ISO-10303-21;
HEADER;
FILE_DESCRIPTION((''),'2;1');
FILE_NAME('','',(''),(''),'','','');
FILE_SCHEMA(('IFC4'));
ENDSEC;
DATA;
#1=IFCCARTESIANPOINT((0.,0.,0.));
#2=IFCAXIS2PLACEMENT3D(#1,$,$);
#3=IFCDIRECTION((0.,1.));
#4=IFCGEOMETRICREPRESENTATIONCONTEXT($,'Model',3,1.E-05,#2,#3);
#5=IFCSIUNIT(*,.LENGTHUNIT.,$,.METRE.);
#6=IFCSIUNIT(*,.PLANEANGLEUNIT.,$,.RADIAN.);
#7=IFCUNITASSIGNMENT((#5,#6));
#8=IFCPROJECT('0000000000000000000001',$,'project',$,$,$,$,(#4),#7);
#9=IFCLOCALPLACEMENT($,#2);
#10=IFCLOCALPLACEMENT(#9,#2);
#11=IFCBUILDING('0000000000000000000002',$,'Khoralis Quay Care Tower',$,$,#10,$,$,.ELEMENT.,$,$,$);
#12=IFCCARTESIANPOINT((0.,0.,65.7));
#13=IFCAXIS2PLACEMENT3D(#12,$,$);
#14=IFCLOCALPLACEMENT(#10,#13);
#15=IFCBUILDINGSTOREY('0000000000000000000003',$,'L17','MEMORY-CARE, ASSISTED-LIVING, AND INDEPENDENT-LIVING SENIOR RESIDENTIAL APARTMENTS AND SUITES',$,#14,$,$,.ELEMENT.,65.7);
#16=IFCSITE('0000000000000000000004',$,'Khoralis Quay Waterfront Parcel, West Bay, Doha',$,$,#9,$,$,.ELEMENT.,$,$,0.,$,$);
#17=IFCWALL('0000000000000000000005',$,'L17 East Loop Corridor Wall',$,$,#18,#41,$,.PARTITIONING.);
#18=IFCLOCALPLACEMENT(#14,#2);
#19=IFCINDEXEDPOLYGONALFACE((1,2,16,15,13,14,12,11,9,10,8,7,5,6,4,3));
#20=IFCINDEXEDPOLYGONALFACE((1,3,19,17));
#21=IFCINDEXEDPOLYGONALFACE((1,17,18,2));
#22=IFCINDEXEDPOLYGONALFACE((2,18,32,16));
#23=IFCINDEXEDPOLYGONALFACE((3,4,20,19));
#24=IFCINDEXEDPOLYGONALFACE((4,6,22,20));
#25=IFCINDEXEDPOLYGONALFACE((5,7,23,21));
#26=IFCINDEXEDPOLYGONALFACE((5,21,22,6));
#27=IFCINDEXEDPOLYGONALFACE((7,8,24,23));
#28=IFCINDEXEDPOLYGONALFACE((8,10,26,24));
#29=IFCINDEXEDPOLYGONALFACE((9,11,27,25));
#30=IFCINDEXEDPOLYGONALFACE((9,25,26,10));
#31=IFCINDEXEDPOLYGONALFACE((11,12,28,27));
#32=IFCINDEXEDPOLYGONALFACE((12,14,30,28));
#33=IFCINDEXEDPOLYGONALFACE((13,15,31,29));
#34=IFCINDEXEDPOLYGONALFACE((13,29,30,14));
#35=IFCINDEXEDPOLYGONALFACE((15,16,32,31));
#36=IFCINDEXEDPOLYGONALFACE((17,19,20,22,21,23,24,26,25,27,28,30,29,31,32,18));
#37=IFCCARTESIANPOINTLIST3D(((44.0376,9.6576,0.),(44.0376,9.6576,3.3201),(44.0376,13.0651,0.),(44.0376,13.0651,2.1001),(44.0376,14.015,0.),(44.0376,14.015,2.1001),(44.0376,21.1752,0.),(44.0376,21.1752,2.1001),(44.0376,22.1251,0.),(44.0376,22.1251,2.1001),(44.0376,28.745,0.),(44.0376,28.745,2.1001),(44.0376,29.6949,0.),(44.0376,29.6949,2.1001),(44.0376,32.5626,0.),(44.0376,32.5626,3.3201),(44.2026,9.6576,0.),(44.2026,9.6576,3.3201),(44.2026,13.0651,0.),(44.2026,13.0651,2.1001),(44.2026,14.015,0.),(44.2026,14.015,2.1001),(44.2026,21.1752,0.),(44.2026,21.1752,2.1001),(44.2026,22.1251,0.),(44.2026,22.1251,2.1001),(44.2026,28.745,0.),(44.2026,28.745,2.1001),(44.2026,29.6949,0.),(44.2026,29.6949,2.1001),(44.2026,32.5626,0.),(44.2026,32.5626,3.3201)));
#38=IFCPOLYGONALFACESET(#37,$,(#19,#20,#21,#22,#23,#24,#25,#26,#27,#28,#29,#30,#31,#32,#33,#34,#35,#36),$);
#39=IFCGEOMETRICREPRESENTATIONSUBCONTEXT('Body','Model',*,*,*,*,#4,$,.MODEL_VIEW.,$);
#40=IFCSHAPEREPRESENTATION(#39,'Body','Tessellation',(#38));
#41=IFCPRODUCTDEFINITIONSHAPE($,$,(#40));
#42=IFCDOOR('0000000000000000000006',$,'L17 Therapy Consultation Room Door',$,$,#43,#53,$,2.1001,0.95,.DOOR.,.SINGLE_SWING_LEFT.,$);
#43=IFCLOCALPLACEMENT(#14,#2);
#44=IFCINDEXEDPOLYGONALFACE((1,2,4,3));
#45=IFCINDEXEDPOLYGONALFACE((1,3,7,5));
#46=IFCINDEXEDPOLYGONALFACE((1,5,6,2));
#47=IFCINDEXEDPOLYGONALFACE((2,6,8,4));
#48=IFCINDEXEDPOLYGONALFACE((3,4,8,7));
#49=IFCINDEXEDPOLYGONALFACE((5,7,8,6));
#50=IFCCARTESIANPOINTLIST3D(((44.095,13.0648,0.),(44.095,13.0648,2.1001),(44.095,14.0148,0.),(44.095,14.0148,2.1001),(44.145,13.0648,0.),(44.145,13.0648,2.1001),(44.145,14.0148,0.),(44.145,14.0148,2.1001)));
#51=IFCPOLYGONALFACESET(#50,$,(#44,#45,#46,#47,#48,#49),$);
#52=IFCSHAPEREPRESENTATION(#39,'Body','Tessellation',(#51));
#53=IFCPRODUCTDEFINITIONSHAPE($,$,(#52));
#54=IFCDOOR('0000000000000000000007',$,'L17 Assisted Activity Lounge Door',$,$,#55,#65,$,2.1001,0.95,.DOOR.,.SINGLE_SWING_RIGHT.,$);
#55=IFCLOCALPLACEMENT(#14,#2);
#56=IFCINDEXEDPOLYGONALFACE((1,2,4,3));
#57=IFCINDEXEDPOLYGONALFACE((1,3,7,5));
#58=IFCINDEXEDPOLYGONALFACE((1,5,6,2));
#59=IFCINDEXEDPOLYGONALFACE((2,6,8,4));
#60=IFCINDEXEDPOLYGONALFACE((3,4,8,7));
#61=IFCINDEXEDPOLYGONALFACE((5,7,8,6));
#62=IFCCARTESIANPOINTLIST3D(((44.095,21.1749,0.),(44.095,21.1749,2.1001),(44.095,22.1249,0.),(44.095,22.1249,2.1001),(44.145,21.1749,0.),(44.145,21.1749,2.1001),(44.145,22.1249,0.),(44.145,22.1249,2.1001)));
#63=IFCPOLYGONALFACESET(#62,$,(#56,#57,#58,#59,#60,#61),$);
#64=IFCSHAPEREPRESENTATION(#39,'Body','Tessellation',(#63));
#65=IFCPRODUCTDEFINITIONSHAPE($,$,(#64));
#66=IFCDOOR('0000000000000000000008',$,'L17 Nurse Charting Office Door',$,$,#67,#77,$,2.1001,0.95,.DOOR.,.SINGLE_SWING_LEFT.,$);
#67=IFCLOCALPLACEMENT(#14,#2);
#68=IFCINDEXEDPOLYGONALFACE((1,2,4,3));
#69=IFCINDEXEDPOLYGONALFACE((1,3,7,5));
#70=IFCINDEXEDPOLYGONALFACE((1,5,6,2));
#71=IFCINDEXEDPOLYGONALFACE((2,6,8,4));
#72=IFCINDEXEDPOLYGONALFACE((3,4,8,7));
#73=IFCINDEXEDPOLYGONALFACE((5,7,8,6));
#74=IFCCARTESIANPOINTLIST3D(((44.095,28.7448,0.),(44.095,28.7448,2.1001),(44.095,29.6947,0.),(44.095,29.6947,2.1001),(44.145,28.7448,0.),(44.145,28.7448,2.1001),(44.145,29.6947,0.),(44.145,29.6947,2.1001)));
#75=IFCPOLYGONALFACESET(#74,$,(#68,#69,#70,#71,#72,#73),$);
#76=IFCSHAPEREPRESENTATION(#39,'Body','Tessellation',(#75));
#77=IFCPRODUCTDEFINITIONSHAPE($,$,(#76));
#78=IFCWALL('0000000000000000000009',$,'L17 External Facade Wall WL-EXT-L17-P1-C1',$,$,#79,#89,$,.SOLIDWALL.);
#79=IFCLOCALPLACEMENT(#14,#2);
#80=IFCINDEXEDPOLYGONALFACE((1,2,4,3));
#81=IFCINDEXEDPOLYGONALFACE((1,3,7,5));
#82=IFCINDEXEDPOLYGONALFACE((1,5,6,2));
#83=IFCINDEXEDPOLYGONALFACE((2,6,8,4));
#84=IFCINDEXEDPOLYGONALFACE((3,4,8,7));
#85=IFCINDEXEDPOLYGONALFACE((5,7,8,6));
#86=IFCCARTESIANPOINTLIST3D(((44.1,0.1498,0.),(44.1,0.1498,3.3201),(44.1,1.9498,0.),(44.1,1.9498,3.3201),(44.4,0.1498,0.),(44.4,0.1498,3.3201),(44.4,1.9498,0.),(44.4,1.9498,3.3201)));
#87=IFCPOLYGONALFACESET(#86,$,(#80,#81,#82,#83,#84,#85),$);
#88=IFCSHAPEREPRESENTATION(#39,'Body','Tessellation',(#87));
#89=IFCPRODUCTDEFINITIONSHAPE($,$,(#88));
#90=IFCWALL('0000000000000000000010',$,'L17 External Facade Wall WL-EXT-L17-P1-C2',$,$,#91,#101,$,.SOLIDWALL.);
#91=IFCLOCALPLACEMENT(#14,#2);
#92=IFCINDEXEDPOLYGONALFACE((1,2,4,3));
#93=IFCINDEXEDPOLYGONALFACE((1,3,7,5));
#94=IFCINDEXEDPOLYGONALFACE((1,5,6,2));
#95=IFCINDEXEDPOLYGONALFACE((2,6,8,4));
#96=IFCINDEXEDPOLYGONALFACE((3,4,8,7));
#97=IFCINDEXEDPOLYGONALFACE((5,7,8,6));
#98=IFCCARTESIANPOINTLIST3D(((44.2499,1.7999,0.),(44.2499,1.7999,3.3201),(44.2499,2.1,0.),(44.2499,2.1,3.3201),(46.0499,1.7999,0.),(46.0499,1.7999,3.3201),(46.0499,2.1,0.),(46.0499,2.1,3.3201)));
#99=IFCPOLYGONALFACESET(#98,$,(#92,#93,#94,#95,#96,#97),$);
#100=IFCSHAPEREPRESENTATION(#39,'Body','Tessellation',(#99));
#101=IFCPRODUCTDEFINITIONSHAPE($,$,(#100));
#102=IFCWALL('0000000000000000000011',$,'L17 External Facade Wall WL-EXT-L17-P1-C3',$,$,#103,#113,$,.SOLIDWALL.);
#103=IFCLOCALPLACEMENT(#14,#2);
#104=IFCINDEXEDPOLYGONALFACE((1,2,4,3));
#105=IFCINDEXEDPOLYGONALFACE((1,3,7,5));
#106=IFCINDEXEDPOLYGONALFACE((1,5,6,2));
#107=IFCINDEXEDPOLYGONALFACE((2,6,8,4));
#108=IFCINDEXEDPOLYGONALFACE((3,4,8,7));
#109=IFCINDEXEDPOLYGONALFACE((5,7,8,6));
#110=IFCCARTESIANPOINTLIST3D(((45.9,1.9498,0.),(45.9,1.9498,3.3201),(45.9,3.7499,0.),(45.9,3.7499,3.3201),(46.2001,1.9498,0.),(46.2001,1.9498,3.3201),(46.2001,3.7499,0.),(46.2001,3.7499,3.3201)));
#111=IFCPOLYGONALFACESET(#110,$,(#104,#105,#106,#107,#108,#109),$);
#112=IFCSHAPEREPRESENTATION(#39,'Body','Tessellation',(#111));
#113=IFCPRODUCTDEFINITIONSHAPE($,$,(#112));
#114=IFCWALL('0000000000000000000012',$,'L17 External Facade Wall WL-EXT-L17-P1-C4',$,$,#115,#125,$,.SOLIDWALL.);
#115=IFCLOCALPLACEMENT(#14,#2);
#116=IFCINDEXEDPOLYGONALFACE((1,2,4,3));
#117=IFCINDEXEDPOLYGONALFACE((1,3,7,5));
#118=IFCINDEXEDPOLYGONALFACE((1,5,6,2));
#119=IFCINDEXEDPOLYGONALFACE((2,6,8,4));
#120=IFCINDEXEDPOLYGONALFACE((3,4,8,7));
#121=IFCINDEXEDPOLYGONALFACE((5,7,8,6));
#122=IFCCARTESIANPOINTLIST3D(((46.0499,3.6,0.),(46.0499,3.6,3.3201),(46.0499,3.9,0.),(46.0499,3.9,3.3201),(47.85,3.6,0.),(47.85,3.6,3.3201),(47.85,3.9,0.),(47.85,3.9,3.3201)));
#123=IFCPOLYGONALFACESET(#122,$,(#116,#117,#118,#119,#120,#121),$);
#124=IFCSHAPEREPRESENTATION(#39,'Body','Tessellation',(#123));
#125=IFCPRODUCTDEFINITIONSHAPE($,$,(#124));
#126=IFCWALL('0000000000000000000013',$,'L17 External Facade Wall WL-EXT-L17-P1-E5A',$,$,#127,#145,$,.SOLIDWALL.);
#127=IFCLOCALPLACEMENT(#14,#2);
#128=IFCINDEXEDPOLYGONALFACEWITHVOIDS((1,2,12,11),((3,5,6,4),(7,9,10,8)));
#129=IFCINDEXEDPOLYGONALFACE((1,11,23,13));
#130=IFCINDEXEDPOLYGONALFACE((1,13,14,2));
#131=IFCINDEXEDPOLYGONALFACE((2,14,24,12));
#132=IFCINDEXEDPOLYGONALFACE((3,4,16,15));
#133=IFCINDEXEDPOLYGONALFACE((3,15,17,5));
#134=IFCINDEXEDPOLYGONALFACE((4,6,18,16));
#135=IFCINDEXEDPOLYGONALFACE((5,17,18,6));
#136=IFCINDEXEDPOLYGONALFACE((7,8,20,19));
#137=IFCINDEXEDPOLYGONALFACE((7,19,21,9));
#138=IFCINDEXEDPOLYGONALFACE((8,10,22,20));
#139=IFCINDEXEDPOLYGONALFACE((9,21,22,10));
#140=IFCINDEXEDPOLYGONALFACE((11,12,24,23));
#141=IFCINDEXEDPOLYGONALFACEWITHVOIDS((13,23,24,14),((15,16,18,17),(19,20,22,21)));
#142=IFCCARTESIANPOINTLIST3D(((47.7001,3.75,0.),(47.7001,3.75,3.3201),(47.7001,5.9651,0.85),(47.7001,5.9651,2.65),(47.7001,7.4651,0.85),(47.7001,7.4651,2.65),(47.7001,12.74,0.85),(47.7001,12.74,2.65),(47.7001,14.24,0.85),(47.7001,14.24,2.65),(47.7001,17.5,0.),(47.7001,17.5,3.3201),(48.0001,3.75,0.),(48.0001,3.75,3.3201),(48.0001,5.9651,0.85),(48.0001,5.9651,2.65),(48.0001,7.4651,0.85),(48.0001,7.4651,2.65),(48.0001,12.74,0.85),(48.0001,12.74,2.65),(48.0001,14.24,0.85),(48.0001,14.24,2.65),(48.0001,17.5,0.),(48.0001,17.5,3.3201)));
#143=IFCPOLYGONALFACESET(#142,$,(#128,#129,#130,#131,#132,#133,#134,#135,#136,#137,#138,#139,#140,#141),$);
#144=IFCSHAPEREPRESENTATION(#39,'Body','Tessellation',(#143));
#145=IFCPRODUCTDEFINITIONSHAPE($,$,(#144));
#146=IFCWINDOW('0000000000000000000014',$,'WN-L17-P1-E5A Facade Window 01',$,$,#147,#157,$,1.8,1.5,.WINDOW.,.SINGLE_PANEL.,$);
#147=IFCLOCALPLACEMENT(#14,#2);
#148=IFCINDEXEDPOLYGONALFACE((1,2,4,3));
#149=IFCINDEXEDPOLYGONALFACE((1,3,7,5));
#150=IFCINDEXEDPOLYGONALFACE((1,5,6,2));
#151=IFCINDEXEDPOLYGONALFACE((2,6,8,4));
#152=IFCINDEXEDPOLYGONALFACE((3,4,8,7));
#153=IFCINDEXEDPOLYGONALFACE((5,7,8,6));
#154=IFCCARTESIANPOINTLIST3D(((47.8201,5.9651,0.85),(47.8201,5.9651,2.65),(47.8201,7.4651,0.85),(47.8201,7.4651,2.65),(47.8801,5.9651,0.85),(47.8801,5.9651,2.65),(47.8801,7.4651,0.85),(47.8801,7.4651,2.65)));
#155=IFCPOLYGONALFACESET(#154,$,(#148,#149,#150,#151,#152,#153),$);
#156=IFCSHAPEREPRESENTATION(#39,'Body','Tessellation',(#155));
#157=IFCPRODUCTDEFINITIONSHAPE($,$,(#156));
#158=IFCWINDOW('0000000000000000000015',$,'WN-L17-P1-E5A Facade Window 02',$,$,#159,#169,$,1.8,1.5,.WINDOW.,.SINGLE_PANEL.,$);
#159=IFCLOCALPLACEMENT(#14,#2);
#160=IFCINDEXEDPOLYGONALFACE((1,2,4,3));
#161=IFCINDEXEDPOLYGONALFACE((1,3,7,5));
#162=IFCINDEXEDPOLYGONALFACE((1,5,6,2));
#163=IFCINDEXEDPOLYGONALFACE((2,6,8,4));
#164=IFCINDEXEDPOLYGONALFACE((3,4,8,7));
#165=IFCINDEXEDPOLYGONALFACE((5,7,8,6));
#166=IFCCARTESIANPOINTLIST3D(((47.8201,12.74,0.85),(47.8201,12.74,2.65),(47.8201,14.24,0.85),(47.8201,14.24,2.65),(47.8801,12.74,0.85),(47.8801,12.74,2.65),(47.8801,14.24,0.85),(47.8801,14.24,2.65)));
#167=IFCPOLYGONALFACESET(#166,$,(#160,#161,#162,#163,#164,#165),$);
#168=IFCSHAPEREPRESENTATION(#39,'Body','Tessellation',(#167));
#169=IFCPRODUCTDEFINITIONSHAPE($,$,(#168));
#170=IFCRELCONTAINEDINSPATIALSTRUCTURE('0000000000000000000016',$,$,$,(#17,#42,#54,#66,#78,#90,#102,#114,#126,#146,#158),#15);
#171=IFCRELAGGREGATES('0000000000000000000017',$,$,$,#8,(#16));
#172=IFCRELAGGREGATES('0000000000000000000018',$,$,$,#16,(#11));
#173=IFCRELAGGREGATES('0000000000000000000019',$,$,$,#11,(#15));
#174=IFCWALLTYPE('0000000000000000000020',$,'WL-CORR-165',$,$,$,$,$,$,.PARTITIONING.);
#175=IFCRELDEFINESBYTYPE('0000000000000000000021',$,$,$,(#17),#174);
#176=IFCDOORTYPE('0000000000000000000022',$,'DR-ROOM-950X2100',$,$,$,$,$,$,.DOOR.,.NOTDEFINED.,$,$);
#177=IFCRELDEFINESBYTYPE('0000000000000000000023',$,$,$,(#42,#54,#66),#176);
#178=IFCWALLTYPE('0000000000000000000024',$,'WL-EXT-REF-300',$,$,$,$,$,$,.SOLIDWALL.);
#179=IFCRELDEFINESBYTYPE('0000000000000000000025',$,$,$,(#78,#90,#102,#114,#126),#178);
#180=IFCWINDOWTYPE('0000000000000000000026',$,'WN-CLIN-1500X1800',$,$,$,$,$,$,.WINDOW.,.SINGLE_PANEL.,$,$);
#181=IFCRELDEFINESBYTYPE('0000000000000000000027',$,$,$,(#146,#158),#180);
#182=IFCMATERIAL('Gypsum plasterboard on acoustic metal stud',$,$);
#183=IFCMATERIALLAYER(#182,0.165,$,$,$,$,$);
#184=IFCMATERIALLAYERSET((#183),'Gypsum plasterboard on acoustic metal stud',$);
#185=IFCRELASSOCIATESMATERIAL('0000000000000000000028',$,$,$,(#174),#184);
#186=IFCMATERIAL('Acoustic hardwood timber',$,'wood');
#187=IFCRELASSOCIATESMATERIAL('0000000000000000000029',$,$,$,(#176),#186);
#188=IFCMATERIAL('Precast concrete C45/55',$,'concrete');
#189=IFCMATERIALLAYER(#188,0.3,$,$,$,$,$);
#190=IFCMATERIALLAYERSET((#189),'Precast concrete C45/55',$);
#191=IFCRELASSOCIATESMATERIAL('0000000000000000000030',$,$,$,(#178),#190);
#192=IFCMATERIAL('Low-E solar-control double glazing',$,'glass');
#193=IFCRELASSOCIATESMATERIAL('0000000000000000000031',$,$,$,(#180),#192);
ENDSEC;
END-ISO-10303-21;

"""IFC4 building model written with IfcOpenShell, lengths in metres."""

from ifc_helpers import new_model, si_unit, direction, frame, frame_2d, origin, place, context, subcontext, project, spatial, rectangle, extrude, source, transform, mapped, material, layer, layer_set, type_object, element, fill, save


model = new_model("IFC4")

# Units and contexts
model_context = context("Model", 3, precision=1e-05, world=origin(), true_north=direction((0.0, 1.0)))
body_context = subcontext(model_context, "Body", "Model", "MODEL_VIEW")
ifc_project = project(units=[si_unit("LENGTHUNIT", "METRE"), si_unit("PLANEANGLEUNIT", "RADIAN")], contexts=[model_context])

# Site, building, storey
site_placement = place(None, origin())
site = spatial("IfcSite", under=ifc_project, at=site_placement, Name="Khoralis Quay Waterfront Parcel, West Bay, Doha", CompositionType="ELEMENT", RefElevation=0.0)
building_placement = place(site_placement, origin())
building = spatial("IfcBuilding", under=site, at=building_placement, Name="Khoralis Quay Care Tower", CompositionType="ELEMENT")
storey_placement = place(building_placement, frame((0.0, 0.0, 65.7)))
storey = spatial("IfcBuildingStorey", under=building, at=storey_placement, Name="L17", Description="MEMORY-CARE, ASSISTED-LIVING, AND INDEPENDENT-LIVING SENIOR RESIDENTIAL APARTMENTS AND SUITES", CompositionType="ELEMENT", Elevation=65.7)

# Shared definitions
ifc_material_1 = material(Name="Gypsum plasterboard on acoustic metal stud")

# Wall, openings, doors
ifc_layer_1 = layer(ifc_material_1, 0.165)
ifc_layer_set_1 = layer_set([ifc_layer_1], Name="Gypsum plasterboard on acoustic metal stud")
wall_type_1 = type_object("IfcWallType", Name="WL-CORR-165", PredefinedType="PARTITIONING", material=ifc_layer_set_1)
wall_1_placement = place(storey_placement, frame((44.1201, 9.6575, 0.0), z_axis=(0.0, 0.0, 1.0), x_axis=(0.0, 1.0, 0.0)))
wall_1 = element("IfcWall", 1, at=wall_1_placement, inside=storey, type_object=wall_type_1, Name="L17 East Loop Corridor Wall", PredefinedType="PARTITIONING", context=body_context, shape_type="SweptSolid", body=[
    extrude(rectangle(XDim=22.905, YDim=0.165, at=frame_2d((11.4526, 0.0))), origin(), (0.0, 0.0, 1.0), 3.3201),
])
opening_1_placement = place(wall_1_placement, frame((3.4075, 0.0, 0.0)))
opening_1 = element("IfcOpeningElement", 2, at=opening_1_placement, cuts=wall_1, PredefinedType="OPENING", context=body_context, shape_type="SweptSolid", body=[
    extrude(rectangle(XDim=0.95, YDim=2.1001, at=frame_2d((0.4751, 1.05))), frame((0.0, 0.0925, 0.0), z_axis=(0.0, -1.0, 0.0), x_axis=(1.0, 0.0, 0.0)), (0.0, 0.0, 1.0), 0.1851),
])
opening_2_placement = place(wall_1_placement, frame((11.5176, 0.0, 0.0)))
opening_2 = element("IfcOpeningElement", 3, at=opening_2_placement, cuts=wall_1, PredefinedType="OPENING", context=body_context, shape_type="SweptSolid", body=[
    extrude(rectangle(XDim=0.95, YDim=2.1001, at=frame_2d((0.4751, 1.05))), frame((0.0, 0.0925, 0.0), z_axis=(0.0, -1.0, 0.0), x_axis=(1.0, 0.0, 0.0)), (0.0, 0.0, 1.0), 0.1851),
])
opening_3_placement = place(wall_1_placement, frame((19.0874, 0.0, 0.0)))
opening_3 = element("IfcOpeningElement", 4, at=opening_3_placement, cuts=wall_1, PredefinedType="OPENING", context=body_context, shape_type="SweptSolid", body=[
    extrude(rectangle(XDim=0.95, YDim=2.1001, at=frame_2d((0.4751, 1.05))), frame((0.0, 0.0925, 0.0), z_axis=(0.0, -1.0, 0.0), x_axis=(1.0, 0.0, 0.0)), (0.0, 0.0, 1.0), 0.1851),
])
ifc_material_2 = material(Name="Acoustic hardwood timber", Category="wood")
door_type_1 = type_object("IfcDoorType", Name="DR-ROOM-950X2100", OperationType="NOTDEFINED", PredefinedType="DOOR", material=ifc_material_2)
shared_shape_1 = source(origin(), body_context, "Body", "SweptSolid", [
    extrude(rectangle(XDim=0.95, YDim=2.1001, at=frame_2d((0.4751, 1.05))), frame((0.0, 0.0249, 0.0), z_axis=(0.0, -1.0, 0.0), x_axis=(1.0, 0.0, 0.0)), (0.0, 0.0, 1.0), 0.05),
])
door_1_placement = place(opening_1_placement, frame((0.95, 0.0, 0.0), z_axis=(0.0, 0.0, 1.0), x_axis=(-1.0, 0.0, 0.0)))
door_1 = element("IfcDoor", 5, at=door_1_placement, inside=storey, type_object=door_type_1, Name="L17 Therapy Consultation Room Door", OperationType="SINGLE_SWING_LEFT", OverallHeight=2.1001, OverallWidth=0.95, PredefinedType="DOOR", context=body_context, shape_type="MappedRepresentation", body=[
    mapped(shared_shape_1, transform((0.0, 0.0, 0.0), scale=1.0)),
])
fill(opening_1, door_1)
door_2_placement = place(opening_2_placement, frame((0.95, 0.0, 0.0), z_axis=(0.0, 0.0, 1.0), x_axis=(-1.0, 0.0, 0.0)))
door_2 = element("IfcDoor", 6, at=door_2_placement, inside=storey, type_object=door_type_1, Name="L17 Assisted Activity Lounge Door", OperationType="SINGLE_SWING_RIGHT", OverallHeight=2.1001, OverallWidth=0.95, PredefinedType="DOOR", context=body_context, shape_type="MappedRepresentation", body=[
    mapped(shared_shape_1, transform((0.0, 0.0, 0.0), scale=1.0)),
])
fill(opening_2, door_2)
door_3_placement = place(opening_3_placement, frame((0.95, 0.0, 0.0), z_axis=(0.0, 0.0, 1.0), x_axis=(-1.0, 0.0, 0.0)))
door_3 = element("IfcDoor", 7, at=door_3_placement, inside=storey, type_object=door_type_1, Name="L17 Nurse Charting Office Door", OperationType="SINGLE_SWING_LEFT", OverallHeight=2.1001, OverallWidth=0.95, PredefinedType="DOOR", context=body_context, shape_type="MappedRepresentation", body=[
    mapped(shared_shape_1, transform((0.0, 0.0, 0.0), scale=1.0)),
])
fill(opening_3, door_3)

# Walls
ifc_material_3 = material(Name="Precast concrete C45/55", Category="concrete")
ifc_layer_2 = layer(ifc_material_3, 0.3)
ifc_layer_set_2 = layer_set([ifc_layer_2], Name="Precast concrete C45/55")
wall_type_2 = type_object("IfcWallType", Name="WL-EXT-REF-300", PredefinedType="SOLIDWALL", material=ifc_layer_set_2)
for number, where, z_axis, x_axis, name in (
    (8, (44.25, 0.1499, 0.0), (0.0, 0.0, 1.0), (0.0, 1.0, 0.0), "L17 External Facade Wall WL-EXT-L17-P1-C1"),
    (9, (44.25, 1.95, 0.0), (0.0, 0.0, 1.0), (1.0, 0.0, 0.0), "L17 External Facade Wall WL-EXT-L17-P1-C2"),
    (10, (46.05, 1.95, 0.0), (0.0, 0.0, 1.0), (0.0, 1.0, 0.0), "L17 External Facade Wall WL-EXT-L17-P1-C3"),
    (11, (46.05, 3.75, 0.0), (0.0, 0.0, 1.0), (1.0, 0.0, 0.0), "L17 External Facade Wall WL-EXT-L17-P1-C4"),
):
    element("IfcWall", number, at=place(storey_placement, frame(where, z_axis=z_axis, x_axis=x_axis)), inside=storey, type_object=wall_type_2, Name=name, PredefinedType="SOLIDWALL", context=body_context, shape_type="SweptSolid", body=[
        extrude(rectangle(XDim=1.8, YDim=0.3, at=frame_2d((0.8999, 0.0))), origin(), (0.0, 0.0, 1.0), 3.3201),
    ])

# Wall, openings, windows
wall_2_placement = place(storey_placement, frame((47.8501, 3.75, 0.0), z_axis=(0.0, 0.0, 1.0), x_axis=(0.0, 1.0, 0.0)))
wall_2 = element("IfcWall", 12, at=wall_2_placement, inside=storey, type_object=wall_type_2, Name="L17 External Facade Wall WL-EXT-L17-P1-E5A", PredefinedType="SOLIDWALL", context=body_context, shape_type="SweptSolid", body=[
    extrude(rectangle(XDim=13.75, YDim=0.3, at=frame_2d((6.875, 0.0))), origin(), (0.0, 0.0, 1.0), 3.3201),
])
opening_4_placement = place(wall_2_placement, frame((2.2151, 0.0, 0.8501)))
opening_4 = element("IfcOpeningElement", 13, at=opening_4_placement, cuts=wall_2, PredefinedType="OPENING", context=body_context, shape_type="SweptSolid", body=[
    extrude(rectangle(XDim=1.5, YDim=1.8, at=frame_2d((0.75, 0.8999))), frame((0.0, 0.1602, 0.0), z_axis=(0.0, -1.0, 0.0), x_axis=(1.0, 0.0, 0.0)), (0.0, 0.0, 1.0), 0.3201),
])
opening_5_placement = place(wall_2_placement, frame((8.99, 0.0, 0.8501)))
opening_5 = element("IfcOpeningElement", 14, at=opening_5_placement, cuts=wall_2, PredefinedType="OPENING", context=body_context, shape_type="SweptSolid", body=[
    extrude(rectangle(XDim=1.5, YDim=1.8, at=frame_2d((0.75, 0.8999))), frame((0.0, 0.1602, 0.0), z_axis=(0.0, -1.0, 0.0), x_axis=(1.0, 0.0, 0.0)), (0.0, 0.0, 1.0), 0.3201),
])
ifc_material_4 = material(Name="Low-E solar-control double glazing", Category="glass")
window_type = type_object("IfcWindowType", Name="WN-CLIN-1500X1800", PartitioningType="SINGLE_PANEL", PredefinedType="WINDOW", material=ifc_material_4)
shared_shape_2 = source(origin(), body_context, "Body", "SweptSolid", [
    extrude(rectangle(XDim=1.5, YDim=1.8, at=frame_2d((0.75, 0.8999))), frame((0.0, 0.03, 0.0), z_axis=(0.0, -1.0, 0.0), x_axis=(1.0, 0.0, 0.0)), (0.0, 0.0, 1.0), 0.0601),
])
window_1_placement = place(opening_4_placement, origin())
window_1 = element("IfcWindow", 15, at=window_1_placement, inside=storey, type_object=window_type, Name="WN-L17-P1-E5A Facade Window 01", OverallHeight=1.8, OverallWidth=1.5, PartitioningType="SINGLE_PANEL", PredefinedType="WINDOW", context=body_context, shape_type="MappedRepresentation", body=[
    mapped(shared_shape_2, transform((0.0, 0.0, 0.0), scale=1.0)),
])
fill(opening_4, window_1)
window_2_placement = place(opening_5_placement, origin())
window_2 = element("IfcWindow", 16, at=window_2_placement, inside=storey, type_object=window_type, Name="WN-L17-P1-E5A Facade Window 02", OverallHeight=1.8, OverallWidth=1.5, PartitioningType="SINGLE_PANEL", PredefinedType="WINDOW", context=body_context, shape_type="MappedRepresentation", body=[
    mapped(shared_shape_2, transform((0.0, 0.0, 0.0), scale=1.0)),
])
fill(opening_5, window_2)

save(model, "model.ifc")
